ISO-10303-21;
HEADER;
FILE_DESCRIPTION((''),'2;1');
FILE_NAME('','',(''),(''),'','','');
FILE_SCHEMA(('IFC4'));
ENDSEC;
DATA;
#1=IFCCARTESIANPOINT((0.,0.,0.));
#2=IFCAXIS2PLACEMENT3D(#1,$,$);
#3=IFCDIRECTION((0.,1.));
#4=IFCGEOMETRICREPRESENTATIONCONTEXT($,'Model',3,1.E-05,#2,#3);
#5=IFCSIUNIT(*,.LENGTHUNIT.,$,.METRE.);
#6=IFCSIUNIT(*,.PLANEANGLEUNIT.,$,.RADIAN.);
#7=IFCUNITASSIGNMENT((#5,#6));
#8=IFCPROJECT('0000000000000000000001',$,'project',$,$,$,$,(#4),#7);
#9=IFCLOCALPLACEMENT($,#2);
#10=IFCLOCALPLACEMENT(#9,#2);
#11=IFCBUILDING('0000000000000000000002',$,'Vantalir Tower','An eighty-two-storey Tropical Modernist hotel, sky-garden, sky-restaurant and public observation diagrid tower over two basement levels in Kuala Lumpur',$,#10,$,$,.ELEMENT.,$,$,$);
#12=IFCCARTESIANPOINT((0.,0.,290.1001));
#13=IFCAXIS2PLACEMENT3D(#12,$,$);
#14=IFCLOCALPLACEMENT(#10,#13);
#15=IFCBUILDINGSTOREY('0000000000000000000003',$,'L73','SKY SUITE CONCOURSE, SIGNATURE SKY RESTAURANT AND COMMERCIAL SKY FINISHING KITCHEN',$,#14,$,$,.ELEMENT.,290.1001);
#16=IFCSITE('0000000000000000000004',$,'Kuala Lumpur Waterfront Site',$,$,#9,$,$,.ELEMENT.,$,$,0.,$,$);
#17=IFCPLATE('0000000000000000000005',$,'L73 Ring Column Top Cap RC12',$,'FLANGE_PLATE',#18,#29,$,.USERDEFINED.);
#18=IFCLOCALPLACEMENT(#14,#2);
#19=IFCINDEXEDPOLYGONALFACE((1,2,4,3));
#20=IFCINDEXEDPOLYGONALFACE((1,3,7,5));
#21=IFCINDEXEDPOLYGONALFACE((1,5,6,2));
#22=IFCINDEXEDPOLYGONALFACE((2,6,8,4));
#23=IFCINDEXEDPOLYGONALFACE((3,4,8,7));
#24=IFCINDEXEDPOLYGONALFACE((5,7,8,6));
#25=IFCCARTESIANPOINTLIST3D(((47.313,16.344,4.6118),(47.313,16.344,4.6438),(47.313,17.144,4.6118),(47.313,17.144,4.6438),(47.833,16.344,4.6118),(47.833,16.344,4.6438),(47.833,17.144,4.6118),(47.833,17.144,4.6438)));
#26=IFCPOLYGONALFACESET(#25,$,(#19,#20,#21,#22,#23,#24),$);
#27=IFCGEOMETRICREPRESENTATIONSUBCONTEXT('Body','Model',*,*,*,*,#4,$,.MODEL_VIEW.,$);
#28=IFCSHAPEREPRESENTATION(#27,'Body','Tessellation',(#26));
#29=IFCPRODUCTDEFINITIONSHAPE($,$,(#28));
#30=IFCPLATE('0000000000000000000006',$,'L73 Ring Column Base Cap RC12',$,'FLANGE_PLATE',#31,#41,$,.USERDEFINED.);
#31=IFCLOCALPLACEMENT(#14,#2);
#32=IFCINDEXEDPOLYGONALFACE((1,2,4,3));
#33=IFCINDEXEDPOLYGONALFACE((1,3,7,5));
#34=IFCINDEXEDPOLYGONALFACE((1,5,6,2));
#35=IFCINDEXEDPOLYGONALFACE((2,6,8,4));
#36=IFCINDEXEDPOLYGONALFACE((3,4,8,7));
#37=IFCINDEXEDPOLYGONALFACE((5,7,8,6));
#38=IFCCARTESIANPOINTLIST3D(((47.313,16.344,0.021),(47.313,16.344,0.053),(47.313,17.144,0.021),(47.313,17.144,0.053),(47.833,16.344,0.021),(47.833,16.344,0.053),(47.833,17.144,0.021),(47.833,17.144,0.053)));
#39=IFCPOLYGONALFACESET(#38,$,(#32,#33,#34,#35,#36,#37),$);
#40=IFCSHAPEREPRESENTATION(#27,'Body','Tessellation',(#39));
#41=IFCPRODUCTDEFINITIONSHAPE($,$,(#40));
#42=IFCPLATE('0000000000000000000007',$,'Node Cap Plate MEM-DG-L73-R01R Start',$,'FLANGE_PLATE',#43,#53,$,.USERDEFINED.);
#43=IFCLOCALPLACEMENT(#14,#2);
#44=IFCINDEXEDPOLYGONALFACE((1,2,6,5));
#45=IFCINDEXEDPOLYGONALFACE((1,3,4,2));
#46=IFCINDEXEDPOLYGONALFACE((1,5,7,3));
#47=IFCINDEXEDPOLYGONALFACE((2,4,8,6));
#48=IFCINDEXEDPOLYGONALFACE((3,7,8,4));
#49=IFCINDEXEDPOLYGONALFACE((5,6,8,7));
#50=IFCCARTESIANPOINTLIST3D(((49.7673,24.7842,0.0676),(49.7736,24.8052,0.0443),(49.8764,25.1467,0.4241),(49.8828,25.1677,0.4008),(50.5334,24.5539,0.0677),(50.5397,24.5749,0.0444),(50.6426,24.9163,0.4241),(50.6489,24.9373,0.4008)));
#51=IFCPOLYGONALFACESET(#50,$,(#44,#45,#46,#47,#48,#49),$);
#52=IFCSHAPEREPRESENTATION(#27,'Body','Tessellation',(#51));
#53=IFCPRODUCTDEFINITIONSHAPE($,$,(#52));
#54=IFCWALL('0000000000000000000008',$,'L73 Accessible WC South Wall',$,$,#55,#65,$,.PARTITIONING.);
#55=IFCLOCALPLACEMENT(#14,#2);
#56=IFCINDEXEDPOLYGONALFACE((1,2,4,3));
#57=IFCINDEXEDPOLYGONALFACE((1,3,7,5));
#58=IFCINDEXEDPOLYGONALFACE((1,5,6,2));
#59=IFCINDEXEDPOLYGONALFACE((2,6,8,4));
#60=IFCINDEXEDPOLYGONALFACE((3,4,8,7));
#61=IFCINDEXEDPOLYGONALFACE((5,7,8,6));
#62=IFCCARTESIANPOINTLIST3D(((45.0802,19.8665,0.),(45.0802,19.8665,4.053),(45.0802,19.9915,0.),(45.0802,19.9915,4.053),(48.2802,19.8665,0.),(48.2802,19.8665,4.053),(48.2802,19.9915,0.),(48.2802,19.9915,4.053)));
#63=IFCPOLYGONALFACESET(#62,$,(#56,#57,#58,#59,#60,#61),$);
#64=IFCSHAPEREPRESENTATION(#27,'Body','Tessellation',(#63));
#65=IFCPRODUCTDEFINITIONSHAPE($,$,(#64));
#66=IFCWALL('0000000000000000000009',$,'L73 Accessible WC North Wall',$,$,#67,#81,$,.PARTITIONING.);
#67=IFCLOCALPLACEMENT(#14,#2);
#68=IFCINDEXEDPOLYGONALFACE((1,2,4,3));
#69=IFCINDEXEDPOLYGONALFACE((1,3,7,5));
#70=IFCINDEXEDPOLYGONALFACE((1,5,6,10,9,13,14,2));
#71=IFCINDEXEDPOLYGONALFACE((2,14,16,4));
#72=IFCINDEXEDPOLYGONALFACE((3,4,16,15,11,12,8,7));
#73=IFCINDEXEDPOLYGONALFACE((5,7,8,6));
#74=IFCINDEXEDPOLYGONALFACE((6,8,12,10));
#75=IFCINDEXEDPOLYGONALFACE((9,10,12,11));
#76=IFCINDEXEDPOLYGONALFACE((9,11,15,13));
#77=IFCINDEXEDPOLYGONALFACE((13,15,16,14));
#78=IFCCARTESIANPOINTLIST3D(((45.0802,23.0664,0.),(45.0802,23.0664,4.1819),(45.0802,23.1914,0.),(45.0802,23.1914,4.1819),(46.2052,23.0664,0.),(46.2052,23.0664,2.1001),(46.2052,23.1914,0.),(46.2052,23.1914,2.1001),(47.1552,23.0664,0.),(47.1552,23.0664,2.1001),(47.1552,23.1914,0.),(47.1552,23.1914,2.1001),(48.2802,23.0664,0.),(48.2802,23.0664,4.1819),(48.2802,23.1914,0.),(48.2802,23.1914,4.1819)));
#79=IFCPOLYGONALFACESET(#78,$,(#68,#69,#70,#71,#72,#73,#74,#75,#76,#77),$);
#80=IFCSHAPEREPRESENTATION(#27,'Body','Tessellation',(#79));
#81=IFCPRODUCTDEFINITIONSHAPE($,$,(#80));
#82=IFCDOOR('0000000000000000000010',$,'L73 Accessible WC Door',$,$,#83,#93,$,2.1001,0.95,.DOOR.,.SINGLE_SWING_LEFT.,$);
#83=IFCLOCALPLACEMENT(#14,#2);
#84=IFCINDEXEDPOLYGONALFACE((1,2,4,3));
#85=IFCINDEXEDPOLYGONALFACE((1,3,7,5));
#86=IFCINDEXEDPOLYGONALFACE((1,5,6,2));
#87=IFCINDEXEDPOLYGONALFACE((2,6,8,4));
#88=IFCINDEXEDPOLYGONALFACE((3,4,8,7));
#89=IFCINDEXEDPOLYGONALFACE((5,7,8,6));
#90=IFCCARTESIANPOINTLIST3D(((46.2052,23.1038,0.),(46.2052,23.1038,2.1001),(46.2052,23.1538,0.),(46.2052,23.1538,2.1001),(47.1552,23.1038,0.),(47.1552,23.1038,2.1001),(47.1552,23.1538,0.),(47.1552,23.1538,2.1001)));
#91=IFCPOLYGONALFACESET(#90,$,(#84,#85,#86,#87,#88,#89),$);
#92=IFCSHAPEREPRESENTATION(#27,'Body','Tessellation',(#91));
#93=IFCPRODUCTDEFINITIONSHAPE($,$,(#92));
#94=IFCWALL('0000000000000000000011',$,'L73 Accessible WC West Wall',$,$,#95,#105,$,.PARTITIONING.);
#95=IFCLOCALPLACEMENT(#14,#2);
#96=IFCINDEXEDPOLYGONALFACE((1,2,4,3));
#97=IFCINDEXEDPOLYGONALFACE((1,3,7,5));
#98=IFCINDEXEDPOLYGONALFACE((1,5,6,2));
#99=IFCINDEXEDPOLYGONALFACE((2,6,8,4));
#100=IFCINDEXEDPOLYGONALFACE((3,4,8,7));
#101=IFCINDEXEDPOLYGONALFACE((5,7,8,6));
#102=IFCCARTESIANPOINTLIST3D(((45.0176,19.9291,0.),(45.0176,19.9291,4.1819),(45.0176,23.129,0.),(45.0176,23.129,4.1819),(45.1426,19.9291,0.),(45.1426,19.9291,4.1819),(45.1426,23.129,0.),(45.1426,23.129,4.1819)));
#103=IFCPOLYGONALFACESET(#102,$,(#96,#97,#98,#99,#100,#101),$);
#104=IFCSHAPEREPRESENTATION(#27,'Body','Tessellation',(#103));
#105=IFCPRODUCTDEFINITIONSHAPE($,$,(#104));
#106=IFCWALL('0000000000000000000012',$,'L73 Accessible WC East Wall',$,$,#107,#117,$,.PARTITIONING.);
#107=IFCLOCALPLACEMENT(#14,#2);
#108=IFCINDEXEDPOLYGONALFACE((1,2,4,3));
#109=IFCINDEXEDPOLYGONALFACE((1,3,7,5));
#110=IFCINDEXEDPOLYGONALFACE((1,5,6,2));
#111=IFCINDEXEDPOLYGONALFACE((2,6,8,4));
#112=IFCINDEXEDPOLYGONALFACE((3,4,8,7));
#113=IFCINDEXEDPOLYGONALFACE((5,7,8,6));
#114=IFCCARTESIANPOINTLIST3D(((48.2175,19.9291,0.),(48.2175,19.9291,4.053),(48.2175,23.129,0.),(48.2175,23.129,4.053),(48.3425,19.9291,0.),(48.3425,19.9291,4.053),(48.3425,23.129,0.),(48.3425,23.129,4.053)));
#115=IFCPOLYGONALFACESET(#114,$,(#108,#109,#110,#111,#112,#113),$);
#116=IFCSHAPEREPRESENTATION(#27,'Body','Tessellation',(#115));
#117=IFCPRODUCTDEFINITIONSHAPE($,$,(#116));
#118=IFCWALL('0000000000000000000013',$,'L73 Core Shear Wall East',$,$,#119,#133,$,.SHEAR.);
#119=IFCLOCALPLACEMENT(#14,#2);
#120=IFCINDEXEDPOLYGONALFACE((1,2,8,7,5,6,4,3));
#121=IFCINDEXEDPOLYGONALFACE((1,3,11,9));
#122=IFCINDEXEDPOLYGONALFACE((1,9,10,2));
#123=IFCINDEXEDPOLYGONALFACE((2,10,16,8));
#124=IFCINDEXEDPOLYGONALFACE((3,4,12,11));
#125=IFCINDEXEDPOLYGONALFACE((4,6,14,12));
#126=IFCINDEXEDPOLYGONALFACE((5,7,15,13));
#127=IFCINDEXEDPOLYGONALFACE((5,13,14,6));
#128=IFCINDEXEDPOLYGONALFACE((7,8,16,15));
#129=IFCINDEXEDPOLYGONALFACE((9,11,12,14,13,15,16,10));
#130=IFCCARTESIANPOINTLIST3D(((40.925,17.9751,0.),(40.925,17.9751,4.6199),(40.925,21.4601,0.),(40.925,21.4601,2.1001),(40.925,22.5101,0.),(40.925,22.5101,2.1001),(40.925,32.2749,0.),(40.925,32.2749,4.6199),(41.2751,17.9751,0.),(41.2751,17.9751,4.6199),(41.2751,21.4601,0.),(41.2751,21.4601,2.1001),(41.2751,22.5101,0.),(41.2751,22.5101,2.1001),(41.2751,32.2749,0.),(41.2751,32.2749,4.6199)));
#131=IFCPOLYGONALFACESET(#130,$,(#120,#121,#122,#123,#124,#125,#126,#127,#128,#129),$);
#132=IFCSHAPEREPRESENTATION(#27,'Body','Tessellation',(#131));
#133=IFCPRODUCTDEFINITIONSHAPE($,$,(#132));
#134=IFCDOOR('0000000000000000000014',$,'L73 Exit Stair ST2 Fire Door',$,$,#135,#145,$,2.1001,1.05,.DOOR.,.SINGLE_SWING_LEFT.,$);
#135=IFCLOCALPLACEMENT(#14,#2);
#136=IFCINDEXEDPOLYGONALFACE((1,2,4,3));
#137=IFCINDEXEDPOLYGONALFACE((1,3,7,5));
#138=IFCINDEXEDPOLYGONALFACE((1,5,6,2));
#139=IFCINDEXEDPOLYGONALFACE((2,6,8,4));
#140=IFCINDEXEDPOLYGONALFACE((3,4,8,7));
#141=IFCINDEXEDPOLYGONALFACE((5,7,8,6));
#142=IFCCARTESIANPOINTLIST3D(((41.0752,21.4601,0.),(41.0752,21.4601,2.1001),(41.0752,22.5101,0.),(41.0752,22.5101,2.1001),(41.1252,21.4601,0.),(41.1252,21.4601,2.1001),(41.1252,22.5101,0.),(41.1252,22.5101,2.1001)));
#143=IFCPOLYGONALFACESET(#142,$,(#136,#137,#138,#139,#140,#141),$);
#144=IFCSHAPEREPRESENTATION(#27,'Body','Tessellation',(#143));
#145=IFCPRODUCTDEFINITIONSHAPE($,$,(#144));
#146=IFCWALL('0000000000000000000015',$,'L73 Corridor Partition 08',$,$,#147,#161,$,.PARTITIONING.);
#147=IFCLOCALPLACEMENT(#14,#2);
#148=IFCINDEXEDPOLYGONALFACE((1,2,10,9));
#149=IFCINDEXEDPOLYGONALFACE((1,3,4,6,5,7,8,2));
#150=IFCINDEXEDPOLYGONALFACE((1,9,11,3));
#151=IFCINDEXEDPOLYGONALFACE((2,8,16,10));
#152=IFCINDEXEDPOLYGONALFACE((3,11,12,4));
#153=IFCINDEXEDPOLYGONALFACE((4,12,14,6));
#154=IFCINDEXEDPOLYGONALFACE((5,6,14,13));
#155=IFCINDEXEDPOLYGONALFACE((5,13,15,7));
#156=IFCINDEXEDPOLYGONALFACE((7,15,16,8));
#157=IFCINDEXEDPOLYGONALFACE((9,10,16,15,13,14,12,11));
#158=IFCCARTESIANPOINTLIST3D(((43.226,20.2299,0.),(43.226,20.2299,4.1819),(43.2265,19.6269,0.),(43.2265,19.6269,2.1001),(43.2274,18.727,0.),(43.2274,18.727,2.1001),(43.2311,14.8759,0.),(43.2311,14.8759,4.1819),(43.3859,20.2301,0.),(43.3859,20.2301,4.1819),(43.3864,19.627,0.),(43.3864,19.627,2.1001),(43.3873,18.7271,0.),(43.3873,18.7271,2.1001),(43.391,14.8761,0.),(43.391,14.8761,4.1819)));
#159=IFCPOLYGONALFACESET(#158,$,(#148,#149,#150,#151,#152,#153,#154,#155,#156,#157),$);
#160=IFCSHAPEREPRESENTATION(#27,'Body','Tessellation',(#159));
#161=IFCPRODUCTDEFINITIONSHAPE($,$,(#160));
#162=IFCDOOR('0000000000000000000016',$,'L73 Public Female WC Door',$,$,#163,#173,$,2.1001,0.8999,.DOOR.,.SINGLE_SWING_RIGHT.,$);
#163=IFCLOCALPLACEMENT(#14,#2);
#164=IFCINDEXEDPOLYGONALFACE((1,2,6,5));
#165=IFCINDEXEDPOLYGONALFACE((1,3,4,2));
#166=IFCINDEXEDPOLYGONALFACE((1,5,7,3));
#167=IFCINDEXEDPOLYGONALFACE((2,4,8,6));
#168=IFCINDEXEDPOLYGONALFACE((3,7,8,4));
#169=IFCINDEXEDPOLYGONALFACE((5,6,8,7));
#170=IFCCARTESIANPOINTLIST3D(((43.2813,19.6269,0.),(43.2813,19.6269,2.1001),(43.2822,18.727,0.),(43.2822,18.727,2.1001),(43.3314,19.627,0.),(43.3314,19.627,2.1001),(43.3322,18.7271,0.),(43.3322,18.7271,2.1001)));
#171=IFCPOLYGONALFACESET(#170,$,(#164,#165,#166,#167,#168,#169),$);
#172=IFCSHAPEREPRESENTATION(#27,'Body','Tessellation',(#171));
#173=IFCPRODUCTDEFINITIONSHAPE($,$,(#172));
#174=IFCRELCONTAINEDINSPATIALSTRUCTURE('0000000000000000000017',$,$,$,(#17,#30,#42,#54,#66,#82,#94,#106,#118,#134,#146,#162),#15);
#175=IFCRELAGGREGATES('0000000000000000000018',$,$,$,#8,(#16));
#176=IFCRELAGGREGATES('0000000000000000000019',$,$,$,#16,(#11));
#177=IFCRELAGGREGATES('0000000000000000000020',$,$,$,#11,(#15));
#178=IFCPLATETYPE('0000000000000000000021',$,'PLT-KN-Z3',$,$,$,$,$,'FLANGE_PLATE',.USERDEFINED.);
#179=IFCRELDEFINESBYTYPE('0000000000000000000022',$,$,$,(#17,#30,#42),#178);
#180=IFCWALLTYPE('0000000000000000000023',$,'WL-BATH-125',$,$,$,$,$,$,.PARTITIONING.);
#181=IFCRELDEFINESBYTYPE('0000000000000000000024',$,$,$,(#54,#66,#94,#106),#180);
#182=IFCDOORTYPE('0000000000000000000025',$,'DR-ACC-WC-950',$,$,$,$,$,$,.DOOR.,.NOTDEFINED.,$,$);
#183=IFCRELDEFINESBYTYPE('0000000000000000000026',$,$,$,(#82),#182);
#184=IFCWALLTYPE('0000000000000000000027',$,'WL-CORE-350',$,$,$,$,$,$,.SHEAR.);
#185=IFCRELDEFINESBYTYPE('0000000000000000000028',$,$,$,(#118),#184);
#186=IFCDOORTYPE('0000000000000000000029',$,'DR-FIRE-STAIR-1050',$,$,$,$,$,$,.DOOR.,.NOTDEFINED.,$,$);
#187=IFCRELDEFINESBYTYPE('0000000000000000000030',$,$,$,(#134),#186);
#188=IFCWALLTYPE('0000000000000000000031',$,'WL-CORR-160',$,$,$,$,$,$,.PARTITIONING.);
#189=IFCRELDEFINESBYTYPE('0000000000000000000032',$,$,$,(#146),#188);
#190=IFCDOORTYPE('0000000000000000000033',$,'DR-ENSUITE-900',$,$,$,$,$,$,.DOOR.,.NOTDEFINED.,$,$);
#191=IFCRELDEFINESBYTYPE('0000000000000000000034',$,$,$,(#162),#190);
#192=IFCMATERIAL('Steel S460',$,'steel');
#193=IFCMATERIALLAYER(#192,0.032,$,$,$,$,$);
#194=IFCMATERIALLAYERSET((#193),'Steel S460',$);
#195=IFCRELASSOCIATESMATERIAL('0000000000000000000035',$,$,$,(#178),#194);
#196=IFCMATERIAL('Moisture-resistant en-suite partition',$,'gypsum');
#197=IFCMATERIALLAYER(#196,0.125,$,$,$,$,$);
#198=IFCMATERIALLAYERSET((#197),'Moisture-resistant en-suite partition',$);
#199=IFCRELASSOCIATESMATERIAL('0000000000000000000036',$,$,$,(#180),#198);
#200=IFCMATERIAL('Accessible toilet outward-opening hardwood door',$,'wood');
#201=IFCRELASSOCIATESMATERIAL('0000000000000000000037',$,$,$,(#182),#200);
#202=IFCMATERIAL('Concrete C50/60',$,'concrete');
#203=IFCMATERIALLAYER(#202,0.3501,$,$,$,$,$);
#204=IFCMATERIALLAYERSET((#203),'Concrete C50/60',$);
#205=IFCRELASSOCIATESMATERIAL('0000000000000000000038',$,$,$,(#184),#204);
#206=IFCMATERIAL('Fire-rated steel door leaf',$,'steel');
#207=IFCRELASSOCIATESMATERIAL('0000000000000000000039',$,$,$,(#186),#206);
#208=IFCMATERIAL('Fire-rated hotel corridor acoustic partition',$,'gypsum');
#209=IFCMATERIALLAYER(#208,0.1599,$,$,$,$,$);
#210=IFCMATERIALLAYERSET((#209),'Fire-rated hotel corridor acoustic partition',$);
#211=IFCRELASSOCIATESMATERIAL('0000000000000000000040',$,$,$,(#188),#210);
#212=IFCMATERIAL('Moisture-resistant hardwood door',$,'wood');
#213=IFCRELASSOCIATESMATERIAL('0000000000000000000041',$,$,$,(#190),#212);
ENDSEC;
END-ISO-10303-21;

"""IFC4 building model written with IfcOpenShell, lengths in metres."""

from ifc_helpers import new_model, si_unit, direction, frame, frame_2d, origin, place, context, subcontext, project, spatial, polyline, rectangle, outline, extrude, material, layer, layer_set, type_object, element, fill, save


model = new_model("IFC4")

# Units and contexts
model_context = context("Model", 3, precision=1e-05, world=origin(), true_north=direction((0.0, 1.0)))
body_context = subcontext(model_context, "Body", "Model", "MODEL_VIEW")
ifc_project = project(units=[si_unit("LENGTHUNIT", "METRE"), si_unit("PLANEANGLEUNIT", "RADIAN")], contexts=[model_context])

# Site, building, storey
site_placement = place(None, origin())
site = spatial("IfcSite", under=ifc_project, at=site_placement, Name="Kuala Lumpur Waterfront Site", CompositionType="ELEMENT", RefElevation=0.0)
building_placement = place(site_placement, origin())
building = spatial("IfcBuilding", under=site, at=building_placement, Name="Vantalir Tower", Description="An eighty-two-storey Tropical Modernist hotel, sky-garden, sky-restaurant and public observation diagrid tower over two basement levels in Kuala Lumpur", CompositionType="ELEMENT")
storey_placement = place(building_placement, frame((0.0, 0.0, 290.1001)))
storey = spatial("IfcBuildingStorey", under=building, at=storey_placement, Name="L73", Description="SKY SUITE CONCOURSE, SIGNATURE SKY RESTAURANT AND COMMERCIAL SKY FINISHING KITCHEN", CompositionType="ELEMENT", Elevation=290.1001)

# Shared definitions
ifc_material_1 = material(Name="Concrete C50/60", Category="concrete")

# Plates
ifc_material_2 = material(Name="Steel S460", Category="steel")
ifc_layer_1 = layer(ifc_material_2, 0.032)
ifc_layer_set_1 = layer_set([ifc_layer_1], Name="Steel S460")
plate_type_1 = type_object("IfcPlateType", Name="PLT-KN-Z3", ElementType="FLANGE_PLATE", PredefinedType="USERDEFINED", material=ifc_layer_set_1)
for number, where, z_axis, x_axis, name in (
    (1, (47.313, 17.144, 4.6438), (0.0, 0.0, 1.0), (0.0, -1.0, 0.0), "L73 Ring Column Top Cap RC12"),
    (2, (47.313, 17.144, 0.053), (0.0, 0.0, 1.0), (0.0, -1.0, 0.0), "L73 Ring Column Base Cap RC12"),
):
    element("IfcPlate", number, at=place(storey_placement, frame(where, z_axis=z_axis, x_axis=x_axis)), inside=storey, type_object=plate_type_1, Name=name, ObjectType="FLANGE_PLATE", PredefinedType="USERDEFINED", context=body_context, shape_type="SweptSolid", body=[
        extrude(outline(polyline([(0.0, 0.0), (0.8, 0.0), (0.8, 0.52), (0.0, 0.52), (0.0, 0.0)])), origin(), (0.0, 0.0, -1.0), 0.032),
    ])
plate_1_placement = place(storey_placement, frame((49.7673, 24.7842, 0.0676), z_axis=(-0.197403, -0.656544, 0.727999), x_axis=(0.957672, -0.287862, 0.000073)))
element("IfcPlate", 3, at=plate_1_placement, inside=storey, type_object=plate_type_1, Name="Node Cap Plate MEM-DG-L73-R01R Start", ObjectType="FLANGE_PLATE", PredefinedType="USERDEFINED", context=body_context, shape_type="SweptSolid", body=[
    extrude(outline(polyline([(0.0, 0.0), (0.8, 0.0), (0.8002, 0.5198), (0.0002, 0.52), (0.0, 0.0)])), origin(), (0.0, 0.0, -1.0), 0.032),
])

# Wall
ifc_material_3 = material(Name="Moisture-resistant en-suite partition", Category="gypsum")
ifc_layer_2 = layer(ifc_material_3, 0.125)
ifc_layer_set_2 = layer_set([ifc_layer_2], Name="Moisture-resistant en-suite partition")
wall_type_1 = type_object("IfcWallType", Name="WL-BATH-125", PredefinedType="PARTITIONING", material=ifc_layer_set_2)
wall_1_placement = place(storey_placement, frame((45.0801, 19.929, 0.0), z_axis=(0.0, 0.0, 1.0), x_axis=(1.0, 0.0, 0.0)))
element("IfcWall", 4, at=wall_1_placement, inside=storey, type_object=wall_type_1, Name="L73 Accessible WC South Wall", PredefinedType="PARTITIONING", context=body_context, shape_type="SweptSolid", body=[
    extrude(rectangle(XDim=3.2, YDim=0.125, at=frame_2d((1.6001, 0.0))), origin(), (0.0, 0.0, 1.0), 4.053),
])

# Wall, opening, door
wall_2_placement = place(storey_placement, frame((45.0801, 23.1289, 0.0), z_axis=(0.0, 0.0, 1.0), x_axis=(1.0, 0.0, 0.0)))
wall_2 = element("IfcWall", 5, at=wall_2_placement, inside=storey, type_object=wall_type_1, Name="L73 Accessible WC North Wall", PredefinedType="PARTITIONING", context=body_context, shape_type="SweptSolid", body=[
    extrude(rectangle(XDim=3.2, YDim=0.125, at=frame_2d((1.6001, 0.0))), origin(), (0.0, 0.0, 1.0), 4.1819),
])
opening_1_placement = place(wall_2_placement, frame((1.125, 0.0, 0.0)))
opening_1 = element("IfcOpeningElement", 6, at=opening_1_placement, cuts=wall_2, PredefinedType="OPENING", context=body_context, shape_type="SweptSolid", body=[
    extrude(rectangle(XDim=0.95, YDim=2.1001, at=frame_2d((0.4751, 1.05))), frame((0.0, 0.0725, 0.0), z_axis=(0.0, -1.0, 0.0), x_axis=(1.0, 0.0, 0.0)), (0.0, 0.0, 1.0), 0.145),
])
ifc_material_4 = material(Name="Accessible toilet outward-opening hardwood door", Category="wood")
door_type_1 = type_object("IfcDoorType", Name="DR-ACC-WC-950", OperationType="NOTDEFINED", PredefinedType="DOOR", material=ifc_material_4)
door_1_placement = place(opening_1_placement, origin())
door_1 = element("IfcDoor", 7, at=door_1_placement, inside=storey, type_object=door_type_1, Name="L73 Accessible WC Door", OperationType="SINGLE_SWING_LEFT", OverallHeight=2.1001, OverallWidth=0.95, PredefinedType="DOOR", context=body_context, shape_type="SweptSolid", body=[
    extrude(rectangle(XDim=0.95, YDim=2.1001, at=frame_2d((0.4751, 1.05))), frame((0.0, 0.0249, 0.0), z_axis=(0.0, -1.0, 0.0), x_axis=(1.0, 0.0, 0.0)), (0.0, 0.0, 1.0), 0.05),
])
fill(opening_1, door_1)

# Walls
wall_3_placement = place(storey_placement, frame((45.0801, 19.929, 0.0), z_axis=(0.0, 0.0, 1.0), x_axis=(0.0, 1.0, 0.0)))
element("IfcWall", 8, at=wall_3_placement, inside=storey, type_object=wall_type_1, Name="L73 Accessible WC West Wall", PredefinedType="PARTITIONING", context=body_context, shape_type="SweptSolid", body=[
    extrude(rectangle(XDim=3.2, YDim=0.125, at=frame_2d((1.6001, 0.0))), origin(), (0.0, 0.0, 1.0), 4.1819),
])
wall_4_placement = place(storey_placement, frame((48.28, 19.929, 0.0), z_axis=(0.0, 0.0, 1.0), x_axis=(0.0, 1.0, 0.0)))
element("IfcWall", 9, at=wall_4_placement, inside=storey, type_object=wall_type_1, Name="L73 Accessible WC East Wall", PredefinedType="PARTITIONING", context=body_context, shape_type="SweptSolid", body=[
    extrude(rectangle(XDim=3.2, YDim=0.125, at=frame_2d((1.6001, 0.0))), origin(), (0.0, 0.0, 1.0), 4.053),
])

# Walls, openings, doors
ifc_layer_3 = layer(ifc_material_1, 0.3501)
ifc_layer_set_3 = layer_set([ifc_layer_3], Name="Concrete C50/60")
wall_type_2 = type_object("IfcWallType", Name="WL-CORE-350", PredefinedType="SHEAR", material=ifc_layer_set_3)
wall_5_placement = place(storey_placement, frame((41.1001, 17.9751, 0.0), z_axis=(0.0, 0.0, 1.0), x_axis=(0.0, 1.0, 0.0)))
wall_5 = element("IfcWall", 10, at=wall_5_placement, inside=storey, type_object=wall_type_2, Name="L73 Core Shear Wall East", PredefinedType="SHEAR", context=body_context, shape_type="SweptSolid", body=[
    extrude(rectangle(XDim=14.2998, YDim=0.3501, at=frame_2d((7.1499, 0.0))), origin(), (0.0, 0.0, 1.0), 4.6199),
])
opening_2_placement = place(wall_5_placement, frame((3.4851, 0.0, 0.0)))
opening_2 = element("IfcOpeningElement", 11, at=opening_2_placement, cuts=wall_5, PredefinedType="OPENING", context=body_context, shape_type="SweptSolid", body=[
    extrude(rectangle(XDim=1.05, YDim=2.1001, at=frame_2d((0.5249, 1.05))), frame((0.0, 0.1851, 0.0), z_axis=(0.0, -1.0, 0.0), x_axis=(1.0, 0.0, 0.0)), (0.0, 0.0, 1.0), 0.3701),
])
ifc_material_5 = material(Name="Fire-rated steel door leaf", Category="steel")
door_type_2 = type_object("IfcDoorType", Name="DR-FIRE-STAIR-1050", OperationType="NOTDEFINED", PredefinedType="DOOR", material=ifc_material_5)
door_2_placement = place(opening_2_placement, origin())
door_2 = element("IfcDoor", 12, at=door_2_placement, inside=storey, type_object=door_type_2, Name="L73 Exit Stair ST2 Fire Door", OperationType="SINGLE_SWING_LEFT", OverallHeight=2.1001, OverallWidth=1.05, PredefinedType="DOOR", context=body_context, shape_type="SweptSolid", body=[
    extrude(rectangle(XDim=1.05, YDim=2.1001, at=frame_2d((0.5249, 1.05))), frame((0.0, 0.0249, 0.0), z_axis=(0.0, -1.0, 0.0), x_axis=(1.0, 0.0, 0.0)), (0.0, 0.0, 1.0), 0.05),
])
fill(opening_2, door_2)
ifc_material_6 = material(Name="Fire-rated hotel corridor acoustic partition", Category="gypsum")
ifc_layer_4 = layer(ifc_material_6, 0.1599)
ifc_layer_set_4 = layer_set([ifc_layer_4], Name="Fire-rated hotel corridor acoustic partition")
wall_type_3 = type_object("IfcWallType", Name="WL-CORR-160", PredefinedType="PARTITIONING", material=ifc_layer_set_4)
wall_6_placement = place(storey_placement, frame((43.3059, 20.23, 0.0), z_axis=(0.0, 0.0, 1.0), x_axis=(0.000958, -1.0, 0.0)))
wall_6 = element("IfcWall", 13, at=wall_6_placement, inside=storey, type_object=wall_type_3, Name="L73 Corridor Partition 08", PredefinedType="PARTITIONING", context=body_context, shape_type="SweptSolid", body=[
    extrude(rectangle(XDim=5.354, YDim=0.1599, at=frame_2d((2.677, 0.0))), origin(), (0.0, 0.0, 1.0), 4.1819),
])
opening_3_placement = place(wall_6_placement, frame((0.603, 0.0, 0.0)))
opening_3 = element("IfcOpeningElement", 14, at=opening_3_placement, cuts=wall_6, PredefinedType="OPENING", context=body_context, shape_type="SweptSolid", body=[
    extrude(rectangle(XDim=0.8999, YDim=2.1001, at=frame_2d((0.45, 1.05))), frame((0.0, 0.0898, 0.0), z_axis=(0.0, -1.0, 0.0), x_axis=(1.0, 0.0, 0.0)), (0.0, 0.0, 1.0), 0.1799),
])
ifc_material_7 = material(Name="Moisture-resistant hardwood door", Category="wood")
door_type_3 = type_object("IfcDoorType", Name="DR-ENSUITE-900", OperationType="NOTDEFINED", PredefinedType="DOOR", material=ifc_material_7)
door_3_placement = place(opening_3_placement, origin())
door_3 = element("IfcDoor", 15, at=door_3_placement, inside=storey, type_object=door_type_3, Name="L73 Public Female WC Door", OperationType="SINGLE_SWING_RIGHT", OverallHeight=2.1001, OverallWidth=0.8999, PredefinedType="DOOR", context=body_context, shape_type="SweptSolid", body=[
    extrude(rectangle(XDim=0.8999, YDim=2.1001, at=frame_2d((0.45, 1.05))), frame((0.0, 0.0249, 0.0), z_axis=(0.0, -1.0, 0.0), x_axis=(1.0, 0.0, 0.0)), (0.0, 0.0, 1.0), 0.05),
])
fill(opening_3, door_3)

save(model, "model.ifc")
